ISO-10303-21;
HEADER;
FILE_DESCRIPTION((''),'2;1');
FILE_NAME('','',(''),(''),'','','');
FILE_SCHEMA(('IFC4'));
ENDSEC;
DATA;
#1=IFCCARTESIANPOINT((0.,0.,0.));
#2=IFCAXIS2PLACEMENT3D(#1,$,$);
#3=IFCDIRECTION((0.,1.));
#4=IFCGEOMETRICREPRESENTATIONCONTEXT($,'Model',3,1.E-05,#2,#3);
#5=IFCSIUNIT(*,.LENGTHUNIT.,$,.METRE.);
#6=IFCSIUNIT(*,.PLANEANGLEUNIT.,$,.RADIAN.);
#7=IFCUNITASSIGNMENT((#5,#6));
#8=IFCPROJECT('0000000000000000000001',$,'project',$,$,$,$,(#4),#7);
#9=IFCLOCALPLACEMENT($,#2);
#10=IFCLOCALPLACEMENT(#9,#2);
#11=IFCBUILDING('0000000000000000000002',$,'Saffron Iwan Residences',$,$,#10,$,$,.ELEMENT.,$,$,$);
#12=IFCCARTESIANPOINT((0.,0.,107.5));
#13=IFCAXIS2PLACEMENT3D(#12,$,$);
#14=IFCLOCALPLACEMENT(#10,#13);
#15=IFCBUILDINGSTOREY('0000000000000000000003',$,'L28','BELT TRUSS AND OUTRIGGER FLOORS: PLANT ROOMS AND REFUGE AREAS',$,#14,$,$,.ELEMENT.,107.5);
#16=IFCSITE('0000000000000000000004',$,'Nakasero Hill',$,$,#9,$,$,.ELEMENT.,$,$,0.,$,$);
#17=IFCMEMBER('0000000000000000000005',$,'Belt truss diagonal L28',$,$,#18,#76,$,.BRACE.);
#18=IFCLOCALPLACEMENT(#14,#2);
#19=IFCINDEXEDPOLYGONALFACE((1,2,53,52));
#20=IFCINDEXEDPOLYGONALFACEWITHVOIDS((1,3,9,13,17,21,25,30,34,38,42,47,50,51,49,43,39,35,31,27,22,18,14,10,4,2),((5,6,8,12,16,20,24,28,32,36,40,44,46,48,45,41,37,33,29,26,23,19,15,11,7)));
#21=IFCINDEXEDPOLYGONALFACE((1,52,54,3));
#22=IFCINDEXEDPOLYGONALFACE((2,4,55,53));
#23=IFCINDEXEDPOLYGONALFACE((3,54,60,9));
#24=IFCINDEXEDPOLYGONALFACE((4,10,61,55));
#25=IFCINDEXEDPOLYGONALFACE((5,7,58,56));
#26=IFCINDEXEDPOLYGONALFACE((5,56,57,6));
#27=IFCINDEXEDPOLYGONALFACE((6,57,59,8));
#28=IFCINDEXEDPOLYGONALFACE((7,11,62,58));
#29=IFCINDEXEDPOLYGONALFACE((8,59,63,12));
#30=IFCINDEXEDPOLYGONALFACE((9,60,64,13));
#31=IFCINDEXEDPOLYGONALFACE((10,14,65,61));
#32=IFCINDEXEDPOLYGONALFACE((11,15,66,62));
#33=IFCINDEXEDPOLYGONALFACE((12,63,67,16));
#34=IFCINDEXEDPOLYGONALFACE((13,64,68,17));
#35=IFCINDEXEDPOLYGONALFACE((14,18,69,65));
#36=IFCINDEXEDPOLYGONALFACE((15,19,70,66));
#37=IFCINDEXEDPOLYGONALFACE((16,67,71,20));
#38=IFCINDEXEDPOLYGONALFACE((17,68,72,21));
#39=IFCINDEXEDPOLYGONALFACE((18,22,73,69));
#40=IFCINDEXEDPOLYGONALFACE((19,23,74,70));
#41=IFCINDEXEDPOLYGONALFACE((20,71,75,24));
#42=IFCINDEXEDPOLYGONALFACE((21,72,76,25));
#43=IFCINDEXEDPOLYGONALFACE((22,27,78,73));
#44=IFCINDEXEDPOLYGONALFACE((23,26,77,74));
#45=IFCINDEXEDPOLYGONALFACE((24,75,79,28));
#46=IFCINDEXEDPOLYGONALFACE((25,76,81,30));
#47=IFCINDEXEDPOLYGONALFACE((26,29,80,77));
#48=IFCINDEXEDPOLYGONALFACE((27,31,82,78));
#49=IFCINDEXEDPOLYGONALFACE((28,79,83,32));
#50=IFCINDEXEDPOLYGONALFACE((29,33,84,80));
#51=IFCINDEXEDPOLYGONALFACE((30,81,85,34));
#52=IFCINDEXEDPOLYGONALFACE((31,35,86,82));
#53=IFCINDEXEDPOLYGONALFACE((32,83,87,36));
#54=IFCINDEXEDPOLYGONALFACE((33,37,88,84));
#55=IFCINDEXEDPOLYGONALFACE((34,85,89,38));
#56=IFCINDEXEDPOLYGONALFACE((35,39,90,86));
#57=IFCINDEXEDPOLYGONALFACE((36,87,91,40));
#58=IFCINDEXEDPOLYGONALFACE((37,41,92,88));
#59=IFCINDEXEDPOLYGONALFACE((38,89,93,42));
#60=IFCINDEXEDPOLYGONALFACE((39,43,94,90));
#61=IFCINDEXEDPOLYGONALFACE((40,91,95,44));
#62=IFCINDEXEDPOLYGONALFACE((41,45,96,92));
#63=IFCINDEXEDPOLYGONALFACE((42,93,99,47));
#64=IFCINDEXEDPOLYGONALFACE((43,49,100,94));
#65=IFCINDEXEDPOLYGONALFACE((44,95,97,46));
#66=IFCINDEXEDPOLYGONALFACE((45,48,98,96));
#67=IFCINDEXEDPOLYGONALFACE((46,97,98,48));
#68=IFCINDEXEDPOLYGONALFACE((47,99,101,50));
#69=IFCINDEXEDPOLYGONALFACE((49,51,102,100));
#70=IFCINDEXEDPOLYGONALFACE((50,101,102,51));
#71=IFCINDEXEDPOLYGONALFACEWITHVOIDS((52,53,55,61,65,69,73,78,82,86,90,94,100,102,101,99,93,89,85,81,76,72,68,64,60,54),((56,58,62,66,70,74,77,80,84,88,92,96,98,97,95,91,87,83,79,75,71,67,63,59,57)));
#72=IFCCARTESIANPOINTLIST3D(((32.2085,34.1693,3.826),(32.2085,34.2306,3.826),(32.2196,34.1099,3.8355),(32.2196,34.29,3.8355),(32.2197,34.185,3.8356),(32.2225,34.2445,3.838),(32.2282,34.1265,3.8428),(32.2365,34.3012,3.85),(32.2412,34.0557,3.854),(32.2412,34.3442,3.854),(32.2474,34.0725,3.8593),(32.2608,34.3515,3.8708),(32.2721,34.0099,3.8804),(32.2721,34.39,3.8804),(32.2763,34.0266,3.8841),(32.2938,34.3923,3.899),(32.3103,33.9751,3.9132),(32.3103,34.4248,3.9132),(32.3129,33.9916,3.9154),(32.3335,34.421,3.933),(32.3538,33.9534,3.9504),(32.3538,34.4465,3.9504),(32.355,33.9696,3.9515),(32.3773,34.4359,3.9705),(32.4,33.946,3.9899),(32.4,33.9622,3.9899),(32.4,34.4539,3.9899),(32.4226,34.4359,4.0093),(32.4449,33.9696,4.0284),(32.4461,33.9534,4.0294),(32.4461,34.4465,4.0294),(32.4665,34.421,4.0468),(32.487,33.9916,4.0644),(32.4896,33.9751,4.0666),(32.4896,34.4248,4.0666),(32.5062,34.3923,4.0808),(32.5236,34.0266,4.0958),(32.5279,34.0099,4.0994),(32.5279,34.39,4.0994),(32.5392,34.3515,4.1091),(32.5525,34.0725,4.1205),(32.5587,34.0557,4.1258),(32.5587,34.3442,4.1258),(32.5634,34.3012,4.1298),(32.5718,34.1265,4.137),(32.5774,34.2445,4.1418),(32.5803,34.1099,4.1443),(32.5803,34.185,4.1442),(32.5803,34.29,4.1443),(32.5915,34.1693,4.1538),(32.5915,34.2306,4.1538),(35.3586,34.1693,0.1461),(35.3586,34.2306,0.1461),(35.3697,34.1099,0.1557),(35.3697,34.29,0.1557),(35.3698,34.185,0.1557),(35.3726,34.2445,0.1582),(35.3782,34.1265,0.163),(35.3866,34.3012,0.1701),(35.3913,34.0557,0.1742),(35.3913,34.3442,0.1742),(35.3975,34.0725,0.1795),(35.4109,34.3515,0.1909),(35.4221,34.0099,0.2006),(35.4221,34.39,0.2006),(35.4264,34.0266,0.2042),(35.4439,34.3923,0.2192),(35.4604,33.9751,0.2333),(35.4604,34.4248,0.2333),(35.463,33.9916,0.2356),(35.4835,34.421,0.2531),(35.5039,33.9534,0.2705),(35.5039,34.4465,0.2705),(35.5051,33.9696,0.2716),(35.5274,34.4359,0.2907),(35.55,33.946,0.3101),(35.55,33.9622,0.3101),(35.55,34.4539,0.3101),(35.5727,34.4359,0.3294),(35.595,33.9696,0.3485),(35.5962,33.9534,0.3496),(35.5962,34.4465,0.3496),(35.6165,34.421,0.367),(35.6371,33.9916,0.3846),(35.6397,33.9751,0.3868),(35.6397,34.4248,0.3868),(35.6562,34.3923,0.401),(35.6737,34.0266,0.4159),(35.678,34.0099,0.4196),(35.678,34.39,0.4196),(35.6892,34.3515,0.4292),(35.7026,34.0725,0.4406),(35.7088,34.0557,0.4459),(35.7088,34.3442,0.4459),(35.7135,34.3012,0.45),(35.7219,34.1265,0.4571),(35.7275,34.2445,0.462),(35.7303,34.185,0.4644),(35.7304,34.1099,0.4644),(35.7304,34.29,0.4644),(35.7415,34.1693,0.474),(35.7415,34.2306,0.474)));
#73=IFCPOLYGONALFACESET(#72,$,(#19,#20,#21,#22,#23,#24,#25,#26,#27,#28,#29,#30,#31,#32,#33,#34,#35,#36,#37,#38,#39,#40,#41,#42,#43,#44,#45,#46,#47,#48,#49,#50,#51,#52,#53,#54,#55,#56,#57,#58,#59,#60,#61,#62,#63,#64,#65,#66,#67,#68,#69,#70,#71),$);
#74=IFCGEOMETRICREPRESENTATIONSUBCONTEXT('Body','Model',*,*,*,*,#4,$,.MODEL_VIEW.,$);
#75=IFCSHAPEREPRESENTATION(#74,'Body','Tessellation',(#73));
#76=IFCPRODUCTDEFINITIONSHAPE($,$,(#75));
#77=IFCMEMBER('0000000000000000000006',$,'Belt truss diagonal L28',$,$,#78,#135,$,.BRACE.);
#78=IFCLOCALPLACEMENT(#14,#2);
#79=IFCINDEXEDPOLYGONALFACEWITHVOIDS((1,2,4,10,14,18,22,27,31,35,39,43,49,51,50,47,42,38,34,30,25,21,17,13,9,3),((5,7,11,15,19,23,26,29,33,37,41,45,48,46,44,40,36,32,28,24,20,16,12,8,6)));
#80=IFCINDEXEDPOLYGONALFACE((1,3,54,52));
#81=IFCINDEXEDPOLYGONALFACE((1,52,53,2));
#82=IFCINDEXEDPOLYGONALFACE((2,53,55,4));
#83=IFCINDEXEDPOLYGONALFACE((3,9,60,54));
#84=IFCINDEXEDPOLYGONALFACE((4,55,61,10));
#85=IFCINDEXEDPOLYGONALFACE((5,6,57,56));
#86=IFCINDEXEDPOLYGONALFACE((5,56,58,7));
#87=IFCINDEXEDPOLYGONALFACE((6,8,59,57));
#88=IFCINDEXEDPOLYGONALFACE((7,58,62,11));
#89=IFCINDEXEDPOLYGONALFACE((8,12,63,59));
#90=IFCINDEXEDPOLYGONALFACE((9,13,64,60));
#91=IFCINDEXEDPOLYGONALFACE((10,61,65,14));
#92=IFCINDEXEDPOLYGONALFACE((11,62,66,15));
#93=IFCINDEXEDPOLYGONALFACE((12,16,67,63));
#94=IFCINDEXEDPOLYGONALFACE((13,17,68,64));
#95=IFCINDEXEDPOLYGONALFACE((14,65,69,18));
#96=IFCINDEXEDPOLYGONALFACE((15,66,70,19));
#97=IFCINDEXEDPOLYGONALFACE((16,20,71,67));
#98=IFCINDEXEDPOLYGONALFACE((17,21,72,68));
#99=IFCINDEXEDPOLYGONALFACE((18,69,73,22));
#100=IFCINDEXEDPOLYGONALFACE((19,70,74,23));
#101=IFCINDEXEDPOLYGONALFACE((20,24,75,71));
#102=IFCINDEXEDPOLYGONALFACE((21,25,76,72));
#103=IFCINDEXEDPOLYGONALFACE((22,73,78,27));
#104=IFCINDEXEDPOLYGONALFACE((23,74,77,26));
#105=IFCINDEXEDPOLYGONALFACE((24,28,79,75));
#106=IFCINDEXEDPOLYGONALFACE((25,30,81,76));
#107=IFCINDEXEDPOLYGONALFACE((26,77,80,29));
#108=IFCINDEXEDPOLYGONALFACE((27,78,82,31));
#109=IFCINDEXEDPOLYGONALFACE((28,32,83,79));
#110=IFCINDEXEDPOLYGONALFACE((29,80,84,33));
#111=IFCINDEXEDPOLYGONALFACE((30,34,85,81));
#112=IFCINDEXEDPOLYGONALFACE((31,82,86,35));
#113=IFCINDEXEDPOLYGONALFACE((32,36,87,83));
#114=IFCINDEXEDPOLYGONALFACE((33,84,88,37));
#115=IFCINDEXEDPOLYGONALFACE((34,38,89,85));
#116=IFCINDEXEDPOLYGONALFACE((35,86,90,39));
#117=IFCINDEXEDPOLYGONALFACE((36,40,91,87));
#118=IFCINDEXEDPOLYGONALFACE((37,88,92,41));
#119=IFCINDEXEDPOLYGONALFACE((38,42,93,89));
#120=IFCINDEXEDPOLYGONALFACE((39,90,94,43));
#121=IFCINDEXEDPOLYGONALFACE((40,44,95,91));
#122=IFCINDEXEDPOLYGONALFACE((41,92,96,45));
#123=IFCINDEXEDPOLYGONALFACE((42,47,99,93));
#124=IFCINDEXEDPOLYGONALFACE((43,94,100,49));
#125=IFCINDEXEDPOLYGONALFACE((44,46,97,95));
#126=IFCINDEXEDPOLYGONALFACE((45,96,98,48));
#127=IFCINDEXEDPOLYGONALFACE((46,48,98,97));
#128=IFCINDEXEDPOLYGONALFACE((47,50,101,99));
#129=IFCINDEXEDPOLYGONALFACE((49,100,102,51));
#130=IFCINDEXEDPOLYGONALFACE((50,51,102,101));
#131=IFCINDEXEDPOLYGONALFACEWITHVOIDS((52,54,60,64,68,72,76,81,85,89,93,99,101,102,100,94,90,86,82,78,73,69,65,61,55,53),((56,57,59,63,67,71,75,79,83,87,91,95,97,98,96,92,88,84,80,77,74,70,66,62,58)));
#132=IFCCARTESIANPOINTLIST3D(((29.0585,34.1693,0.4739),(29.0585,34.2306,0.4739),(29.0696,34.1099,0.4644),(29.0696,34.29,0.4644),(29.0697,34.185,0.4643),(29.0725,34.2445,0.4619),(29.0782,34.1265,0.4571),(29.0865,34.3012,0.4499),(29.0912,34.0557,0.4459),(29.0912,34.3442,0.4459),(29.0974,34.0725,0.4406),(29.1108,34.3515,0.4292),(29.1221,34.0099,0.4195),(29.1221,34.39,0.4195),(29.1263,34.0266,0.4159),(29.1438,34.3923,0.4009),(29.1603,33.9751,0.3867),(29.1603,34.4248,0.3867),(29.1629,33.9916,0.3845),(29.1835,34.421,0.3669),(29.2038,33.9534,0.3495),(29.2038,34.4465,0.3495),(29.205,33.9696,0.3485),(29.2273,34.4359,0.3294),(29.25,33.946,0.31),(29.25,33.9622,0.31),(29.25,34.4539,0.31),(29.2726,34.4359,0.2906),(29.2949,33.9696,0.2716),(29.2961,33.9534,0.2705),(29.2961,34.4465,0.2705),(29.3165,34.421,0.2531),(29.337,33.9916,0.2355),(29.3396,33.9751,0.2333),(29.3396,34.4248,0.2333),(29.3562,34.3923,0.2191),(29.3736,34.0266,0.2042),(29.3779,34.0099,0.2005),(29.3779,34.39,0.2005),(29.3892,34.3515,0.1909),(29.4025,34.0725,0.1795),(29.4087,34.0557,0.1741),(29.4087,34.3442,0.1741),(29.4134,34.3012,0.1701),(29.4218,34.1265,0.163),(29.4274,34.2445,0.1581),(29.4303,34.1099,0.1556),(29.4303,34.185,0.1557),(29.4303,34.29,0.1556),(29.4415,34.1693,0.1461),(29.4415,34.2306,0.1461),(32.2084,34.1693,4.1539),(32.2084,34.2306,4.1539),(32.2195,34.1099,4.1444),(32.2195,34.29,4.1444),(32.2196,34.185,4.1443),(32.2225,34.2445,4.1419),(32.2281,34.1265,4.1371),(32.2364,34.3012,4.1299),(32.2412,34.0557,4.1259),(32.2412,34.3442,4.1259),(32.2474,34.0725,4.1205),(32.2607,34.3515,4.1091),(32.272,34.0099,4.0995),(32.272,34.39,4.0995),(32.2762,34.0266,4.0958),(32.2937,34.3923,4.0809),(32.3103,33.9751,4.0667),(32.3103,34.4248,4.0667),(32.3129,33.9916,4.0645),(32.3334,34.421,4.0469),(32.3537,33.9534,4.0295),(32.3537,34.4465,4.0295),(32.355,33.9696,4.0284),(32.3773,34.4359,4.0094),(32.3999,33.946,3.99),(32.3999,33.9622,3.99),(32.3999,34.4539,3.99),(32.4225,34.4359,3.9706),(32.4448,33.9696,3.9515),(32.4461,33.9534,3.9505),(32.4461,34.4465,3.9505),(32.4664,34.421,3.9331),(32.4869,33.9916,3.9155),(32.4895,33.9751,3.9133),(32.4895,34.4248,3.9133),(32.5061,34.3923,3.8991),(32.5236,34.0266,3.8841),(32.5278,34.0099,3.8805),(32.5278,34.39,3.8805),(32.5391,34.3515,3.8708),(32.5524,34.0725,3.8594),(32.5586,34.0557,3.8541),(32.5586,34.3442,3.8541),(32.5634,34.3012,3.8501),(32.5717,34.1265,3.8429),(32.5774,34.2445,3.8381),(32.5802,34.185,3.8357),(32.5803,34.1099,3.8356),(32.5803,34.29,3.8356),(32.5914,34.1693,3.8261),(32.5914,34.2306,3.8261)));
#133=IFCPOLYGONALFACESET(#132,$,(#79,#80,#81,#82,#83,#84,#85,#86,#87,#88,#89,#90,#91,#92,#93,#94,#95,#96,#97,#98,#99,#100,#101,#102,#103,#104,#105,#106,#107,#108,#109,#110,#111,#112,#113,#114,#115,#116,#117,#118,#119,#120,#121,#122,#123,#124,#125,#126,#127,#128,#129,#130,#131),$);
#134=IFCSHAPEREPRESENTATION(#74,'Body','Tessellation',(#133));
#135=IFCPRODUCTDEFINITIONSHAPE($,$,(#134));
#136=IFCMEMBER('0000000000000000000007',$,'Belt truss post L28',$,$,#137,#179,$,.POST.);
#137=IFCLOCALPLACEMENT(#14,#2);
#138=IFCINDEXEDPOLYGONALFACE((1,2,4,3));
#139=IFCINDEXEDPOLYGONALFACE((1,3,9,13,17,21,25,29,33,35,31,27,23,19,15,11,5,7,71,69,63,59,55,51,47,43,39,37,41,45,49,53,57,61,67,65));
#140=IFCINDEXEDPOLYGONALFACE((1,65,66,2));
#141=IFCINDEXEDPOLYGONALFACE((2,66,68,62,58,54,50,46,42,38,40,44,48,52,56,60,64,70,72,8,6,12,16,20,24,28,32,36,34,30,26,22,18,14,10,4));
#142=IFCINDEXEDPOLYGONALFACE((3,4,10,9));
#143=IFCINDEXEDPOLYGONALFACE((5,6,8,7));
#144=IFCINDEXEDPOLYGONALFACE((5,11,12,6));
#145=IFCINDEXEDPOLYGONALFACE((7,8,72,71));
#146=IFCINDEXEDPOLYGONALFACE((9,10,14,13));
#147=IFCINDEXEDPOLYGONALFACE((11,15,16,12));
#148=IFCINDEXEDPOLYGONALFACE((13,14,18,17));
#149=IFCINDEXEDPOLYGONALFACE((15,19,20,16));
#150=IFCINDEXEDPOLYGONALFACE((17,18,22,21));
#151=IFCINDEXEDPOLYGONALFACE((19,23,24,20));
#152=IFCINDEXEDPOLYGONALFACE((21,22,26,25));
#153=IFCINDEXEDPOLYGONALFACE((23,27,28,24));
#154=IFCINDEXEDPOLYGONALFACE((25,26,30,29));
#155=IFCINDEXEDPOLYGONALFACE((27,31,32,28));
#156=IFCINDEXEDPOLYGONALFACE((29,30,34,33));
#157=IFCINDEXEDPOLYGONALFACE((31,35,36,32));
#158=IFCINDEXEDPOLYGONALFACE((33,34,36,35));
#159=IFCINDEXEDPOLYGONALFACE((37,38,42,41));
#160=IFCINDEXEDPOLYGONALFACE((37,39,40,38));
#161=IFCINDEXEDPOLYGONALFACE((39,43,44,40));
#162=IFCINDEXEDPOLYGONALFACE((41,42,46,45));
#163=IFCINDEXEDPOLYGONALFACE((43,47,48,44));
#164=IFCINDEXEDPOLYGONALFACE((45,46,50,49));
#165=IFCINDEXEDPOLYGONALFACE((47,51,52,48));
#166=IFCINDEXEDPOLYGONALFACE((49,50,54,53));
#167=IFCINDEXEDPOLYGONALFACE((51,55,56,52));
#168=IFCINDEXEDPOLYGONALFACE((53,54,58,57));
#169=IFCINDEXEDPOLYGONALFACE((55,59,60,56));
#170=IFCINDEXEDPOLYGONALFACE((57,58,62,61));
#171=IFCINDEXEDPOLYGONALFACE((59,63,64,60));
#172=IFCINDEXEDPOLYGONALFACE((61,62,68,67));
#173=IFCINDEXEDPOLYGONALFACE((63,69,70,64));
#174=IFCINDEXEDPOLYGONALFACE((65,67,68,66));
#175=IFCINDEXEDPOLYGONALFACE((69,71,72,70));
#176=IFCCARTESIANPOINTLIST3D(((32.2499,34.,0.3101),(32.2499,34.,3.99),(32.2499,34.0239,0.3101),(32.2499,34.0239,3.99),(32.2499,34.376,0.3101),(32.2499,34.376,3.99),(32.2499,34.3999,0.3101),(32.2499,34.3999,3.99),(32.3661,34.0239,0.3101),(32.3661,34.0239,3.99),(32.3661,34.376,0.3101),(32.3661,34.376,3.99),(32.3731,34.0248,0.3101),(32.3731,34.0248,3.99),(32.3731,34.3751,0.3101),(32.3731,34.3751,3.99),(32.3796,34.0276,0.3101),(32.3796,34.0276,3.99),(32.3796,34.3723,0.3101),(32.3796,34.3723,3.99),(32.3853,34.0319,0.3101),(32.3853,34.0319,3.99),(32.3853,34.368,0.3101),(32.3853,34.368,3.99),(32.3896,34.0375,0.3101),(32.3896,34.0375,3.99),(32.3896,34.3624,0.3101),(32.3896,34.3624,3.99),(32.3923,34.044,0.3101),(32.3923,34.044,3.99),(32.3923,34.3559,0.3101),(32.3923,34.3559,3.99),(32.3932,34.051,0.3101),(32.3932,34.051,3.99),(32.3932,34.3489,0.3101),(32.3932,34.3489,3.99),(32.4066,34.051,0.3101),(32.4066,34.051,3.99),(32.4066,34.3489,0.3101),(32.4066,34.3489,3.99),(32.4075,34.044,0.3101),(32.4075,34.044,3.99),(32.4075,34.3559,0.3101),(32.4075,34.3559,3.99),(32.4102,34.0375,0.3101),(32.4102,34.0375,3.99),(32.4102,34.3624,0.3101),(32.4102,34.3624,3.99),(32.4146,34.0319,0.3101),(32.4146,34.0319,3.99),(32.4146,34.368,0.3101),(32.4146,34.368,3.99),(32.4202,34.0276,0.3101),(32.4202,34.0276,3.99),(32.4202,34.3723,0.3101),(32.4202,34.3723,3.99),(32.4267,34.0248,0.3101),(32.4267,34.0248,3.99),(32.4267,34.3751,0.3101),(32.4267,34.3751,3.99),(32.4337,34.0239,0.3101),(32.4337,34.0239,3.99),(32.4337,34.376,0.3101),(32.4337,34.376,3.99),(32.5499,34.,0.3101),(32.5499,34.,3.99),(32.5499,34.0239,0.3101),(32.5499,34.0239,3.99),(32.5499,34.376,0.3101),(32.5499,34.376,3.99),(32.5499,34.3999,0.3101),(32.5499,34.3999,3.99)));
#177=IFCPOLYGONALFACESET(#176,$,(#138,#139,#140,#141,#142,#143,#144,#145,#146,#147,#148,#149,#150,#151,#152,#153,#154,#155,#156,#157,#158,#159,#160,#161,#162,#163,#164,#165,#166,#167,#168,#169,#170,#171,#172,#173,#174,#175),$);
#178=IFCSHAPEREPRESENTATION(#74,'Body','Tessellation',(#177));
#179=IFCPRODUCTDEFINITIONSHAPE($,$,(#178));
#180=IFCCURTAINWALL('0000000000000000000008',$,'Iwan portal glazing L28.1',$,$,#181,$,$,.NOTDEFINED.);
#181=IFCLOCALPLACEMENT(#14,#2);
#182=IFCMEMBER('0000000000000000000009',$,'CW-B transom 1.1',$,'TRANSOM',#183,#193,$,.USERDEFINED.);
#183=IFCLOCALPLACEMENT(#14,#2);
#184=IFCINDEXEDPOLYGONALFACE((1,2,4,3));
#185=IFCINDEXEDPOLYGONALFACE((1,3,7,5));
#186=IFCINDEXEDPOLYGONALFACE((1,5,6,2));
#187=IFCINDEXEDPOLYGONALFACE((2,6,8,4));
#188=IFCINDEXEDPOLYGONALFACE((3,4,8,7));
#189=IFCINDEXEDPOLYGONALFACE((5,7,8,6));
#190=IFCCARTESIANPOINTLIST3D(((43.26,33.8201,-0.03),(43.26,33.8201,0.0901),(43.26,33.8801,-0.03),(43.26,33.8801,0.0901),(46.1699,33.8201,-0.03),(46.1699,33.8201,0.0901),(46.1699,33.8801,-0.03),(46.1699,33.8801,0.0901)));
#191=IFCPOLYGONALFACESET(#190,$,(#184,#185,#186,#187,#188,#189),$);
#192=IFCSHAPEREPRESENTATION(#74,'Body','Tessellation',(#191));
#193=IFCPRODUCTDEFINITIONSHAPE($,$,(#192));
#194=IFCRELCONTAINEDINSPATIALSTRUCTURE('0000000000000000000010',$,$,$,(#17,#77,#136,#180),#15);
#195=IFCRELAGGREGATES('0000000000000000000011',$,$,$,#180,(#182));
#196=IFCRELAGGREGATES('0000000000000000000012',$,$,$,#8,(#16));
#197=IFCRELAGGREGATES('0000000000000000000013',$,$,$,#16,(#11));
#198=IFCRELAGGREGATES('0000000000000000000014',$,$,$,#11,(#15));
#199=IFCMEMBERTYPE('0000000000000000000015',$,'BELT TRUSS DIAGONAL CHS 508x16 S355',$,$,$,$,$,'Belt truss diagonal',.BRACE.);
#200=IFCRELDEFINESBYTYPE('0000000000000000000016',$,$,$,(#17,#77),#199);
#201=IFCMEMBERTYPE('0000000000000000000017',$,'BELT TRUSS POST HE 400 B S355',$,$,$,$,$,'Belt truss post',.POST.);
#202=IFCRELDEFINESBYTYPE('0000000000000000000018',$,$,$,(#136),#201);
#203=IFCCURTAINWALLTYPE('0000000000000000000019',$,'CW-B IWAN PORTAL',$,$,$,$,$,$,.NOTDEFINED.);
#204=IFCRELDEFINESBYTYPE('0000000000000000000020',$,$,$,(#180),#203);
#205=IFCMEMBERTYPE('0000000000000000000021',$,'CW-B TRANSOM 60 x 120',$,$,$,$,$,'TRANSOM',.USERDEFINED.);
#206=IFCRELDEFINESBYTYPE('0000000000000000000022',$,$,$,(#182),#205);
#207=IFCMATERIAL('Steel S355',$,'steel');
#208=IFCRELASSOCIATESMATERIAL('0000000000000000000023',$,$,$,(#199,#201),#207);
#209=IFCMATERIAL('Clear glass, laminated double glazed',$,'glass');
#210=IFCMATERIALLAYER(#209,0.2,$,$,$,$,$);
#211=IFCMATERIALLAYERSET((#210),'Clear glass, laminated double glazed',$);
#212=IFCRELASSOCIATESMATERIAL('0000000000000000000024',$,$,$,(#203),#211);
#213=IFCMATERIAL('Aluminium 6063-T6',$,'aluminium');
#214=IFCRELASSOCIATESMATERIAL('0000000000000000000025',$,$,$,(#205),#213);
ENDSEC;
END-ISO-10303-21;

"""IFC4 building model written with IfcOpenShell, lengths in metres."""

from ifc_helpers import new_model, si_unit, direction, frame, origin, origin_2d, place, context, subcontext, project, spatial, rectangle, hollow_circle, i_section, extrude, source, transform, mapped, material, layer, layer_set, material_profile, profile_set, type_object, element, aggregate, save


model = new_model("IFC4")

# Units and contexts
model_context = context("Model", 3, precision=1e-05, world=origin(), true_north=direction((0.0, 1.0)))
body_context = subcontext(model_context, "Body", "Model", "MODEL_VIEW")
ifc_project = project(units=[si_unit("LENGTHUNIT", "METRE"), si_unit("PLANEANGLEUNIT", "RADIAN")], contexts=[model_context])

# Site, building, storey
site_placement = place(None, origin())
site = spatial("IfcSite", under=ifc_project, at=site_placement, Name="Nakasero Hill", CompositionType="ELEMENT", RefElevation=0.0)
building_placement = place(site_placement, origin())
building = spatial("IfcBuilding", under=site, at=building_placement, Name="Saffron Iwan Residences", CompositionType="ELEMENT")
storey_placement = place(building_placement, frame((0.0, 0.0, 107.5)))
storey = spatial("IfcBuildingStorey", under=building, at=storey_placement, Name="L28", Description="BELT TRUSS AND OUTRIGGER FLOORS: PLANT ROOMS AND REFUGE AREAS", CompositionType="ELEMENT", Elevation=107.5)

# Members
ifc_material_1 = material(Name="Steel S355", Category="steel")
ifc_material_profile_1 = material_profile(ifc_material_1, hollow_circle(Radius=0.2539, WallThickness=0.0161, at=origin_2d()), Name="CHS 508x16")
ifc_profile_set_1 = profile_set([ifc_material_profile_1], Name="Steel S355")
member_type_1 = type_object("IfcMemberType", Name="BELT TRUSS DIAGONAL CHS 508x16 S355", ElementType="Belt truss diagonal", PredefinedType="BRACE", material=ifc_profile_set_1)
shared_shape_1 = source(origin(), body_context, "Body", "SweptSolid", [
    extrude(hollow_circle(Radius=0.2539, WallThickness=0.0161, at=origin_2d()), origin(), (0.0, 0.0, 1.0), 4.844),
])
for number, where, z_axis, x_axis, name in (
    (1, (35.55, 34.2, 0.3101), (-0.650306, 0.0, 0.759673), (0.0, -1.0, 0.0), "Belt truss diagonal L28"),
    (2, (32.3999, 34.2, 3.99), (-0.650277, 0.0, -0.759698), (0.0, -1.0, 0.0), "Belt truss diagonal L28"),
):
    element("IfcMember", number, at=place(storey_placement, frame(where, z_axis=z_axis, x_axis=x_axis)), inside=storey, type_object=member_type_1, Name=name, PredefinedType="BRACE", context=body_context, shape_type="MappedRepresentation", body=[
        mapped(shared_shape_1, transform((0.0, 0.0, 0.0))),
    ])
ifc_material_profile_2 = material_profile(ifc_material_1, i_section(OverallWidth=0.3, OverallDepth=0.3999, WebThickness=0.0134, FlangeThickness=0.0239, FilletRadius=0.0271, at=origin_2d()), Name="HE 400 B")
ifc_profile_set_2 = profile_set([ifc_material_profile_2], Name="Steel S355")
member_type_2 = type_object("IfcMemberType", Name="BELT TRUSS POST HE 400 B S355", ElementType="Belt truss post", PredefinedType="POST", material=ifc_profile_set_2)
shared_shape_2 = source(origin(), body_context, "Body", "SweptSolid", [
    extrude(i_section(OverallWidth=0.3, OverallDepth=0.3999, WebThickness=0.0134, FlangeThickness=0.0239, FilletRadius=0.0271, at=origin_2d()), origin(), (0.0, 0.0, 1.0), 3.6799),
])
member_1_placement = place(storey_placement, frame((32.3999, 34.2, 0.3101), z_axis=(0.0, 0.0, 1.0), x_axis=(1.0, 0.0, 0.0)))
element("IfcMember", 3, at=member_1_placement, inside=storey, type_object=member_type_2, Name="Belt truss post L28", PredefinedType="POST", context=body_context, shape_type="MappedRepresentation", body=[
    mapped(shared_shape_2, transform((0.0, 0.0, 0.0))),
])

# Curtain wall, member
ifc_material_2 = material(Name="Clear glass, laminated double glazed", Category="glass")
ifc_layer_1 = layer(ifc_material_2, 0.2)
ifc_layer_set_1 = layer_set([ifc_layer_1], Name="Clear glass, laminated double glazed")
curtain_wall_type = type_object("IfcCurtainWallType", Name="CW-B IWAN PORTAL", PredefinedType="NOTDEFINED", material=ifc_layer_set_1)
curtain_wall_placement = place(storey_placement, origin())
curtain_wall = element("IfcCurtainWall", 4, at=curtain_wall_placement, inside=storey, type_object=curtain_wall_type, Name="Iwan portal glazing L28.1", PredefinedType="NOTDEFINED")
ifc_material_3 = material(Name="Aluminium 6063-T6", Category="aluminium")
ifc_material_profile_3 = material_profile(ifc_material_3, rectangle(XDim=0.0601, YDim=0.1201, at=origin_2d()), Name="CW-B TRANSOM 60 x 120")
ifc_profile_set_3 = profile_set([ifc_material_profile_3], Name="Aluminium 6063-T6")
member_type_3 = type_object("IfcMemberType", Name="CW-B TRANSOM 60 x 120", ElementType="TRANSOM", PredefinedType="USERDEFINED", material=ifc_profile_set_3)
shared_shape_3 = source(origin(), body_context, "Body", "SweptSolid", [
    extrude(rectangle(XDim=0.0601, YDim=0.1201, at=origin_2d()), origin(), (0.0, 0.0, 1.0), 2.9099),
])
member_2_placement = place(storey_placement, frame((43.26, 33.8501, 0.03), z_axis=(1.0, 0.0, 0.0), x_axis=(0.0, 1.0, 0.0)))
member_2 = element("IfcMember", 5, at=member_2_placement, type_object=member_type_3, Name="CW-B transom 1.1", ObjectType="TRANSOM", PredefinedType="USERDEFINED", context=body_context, shape_type="MappedRepresentation", body=[
    mapped(shared_shape_3, transform((0.0, 0.0, 0.0))),
])
aggregate(curtain_wall, [member_2])

save(model, "model.ifc")
